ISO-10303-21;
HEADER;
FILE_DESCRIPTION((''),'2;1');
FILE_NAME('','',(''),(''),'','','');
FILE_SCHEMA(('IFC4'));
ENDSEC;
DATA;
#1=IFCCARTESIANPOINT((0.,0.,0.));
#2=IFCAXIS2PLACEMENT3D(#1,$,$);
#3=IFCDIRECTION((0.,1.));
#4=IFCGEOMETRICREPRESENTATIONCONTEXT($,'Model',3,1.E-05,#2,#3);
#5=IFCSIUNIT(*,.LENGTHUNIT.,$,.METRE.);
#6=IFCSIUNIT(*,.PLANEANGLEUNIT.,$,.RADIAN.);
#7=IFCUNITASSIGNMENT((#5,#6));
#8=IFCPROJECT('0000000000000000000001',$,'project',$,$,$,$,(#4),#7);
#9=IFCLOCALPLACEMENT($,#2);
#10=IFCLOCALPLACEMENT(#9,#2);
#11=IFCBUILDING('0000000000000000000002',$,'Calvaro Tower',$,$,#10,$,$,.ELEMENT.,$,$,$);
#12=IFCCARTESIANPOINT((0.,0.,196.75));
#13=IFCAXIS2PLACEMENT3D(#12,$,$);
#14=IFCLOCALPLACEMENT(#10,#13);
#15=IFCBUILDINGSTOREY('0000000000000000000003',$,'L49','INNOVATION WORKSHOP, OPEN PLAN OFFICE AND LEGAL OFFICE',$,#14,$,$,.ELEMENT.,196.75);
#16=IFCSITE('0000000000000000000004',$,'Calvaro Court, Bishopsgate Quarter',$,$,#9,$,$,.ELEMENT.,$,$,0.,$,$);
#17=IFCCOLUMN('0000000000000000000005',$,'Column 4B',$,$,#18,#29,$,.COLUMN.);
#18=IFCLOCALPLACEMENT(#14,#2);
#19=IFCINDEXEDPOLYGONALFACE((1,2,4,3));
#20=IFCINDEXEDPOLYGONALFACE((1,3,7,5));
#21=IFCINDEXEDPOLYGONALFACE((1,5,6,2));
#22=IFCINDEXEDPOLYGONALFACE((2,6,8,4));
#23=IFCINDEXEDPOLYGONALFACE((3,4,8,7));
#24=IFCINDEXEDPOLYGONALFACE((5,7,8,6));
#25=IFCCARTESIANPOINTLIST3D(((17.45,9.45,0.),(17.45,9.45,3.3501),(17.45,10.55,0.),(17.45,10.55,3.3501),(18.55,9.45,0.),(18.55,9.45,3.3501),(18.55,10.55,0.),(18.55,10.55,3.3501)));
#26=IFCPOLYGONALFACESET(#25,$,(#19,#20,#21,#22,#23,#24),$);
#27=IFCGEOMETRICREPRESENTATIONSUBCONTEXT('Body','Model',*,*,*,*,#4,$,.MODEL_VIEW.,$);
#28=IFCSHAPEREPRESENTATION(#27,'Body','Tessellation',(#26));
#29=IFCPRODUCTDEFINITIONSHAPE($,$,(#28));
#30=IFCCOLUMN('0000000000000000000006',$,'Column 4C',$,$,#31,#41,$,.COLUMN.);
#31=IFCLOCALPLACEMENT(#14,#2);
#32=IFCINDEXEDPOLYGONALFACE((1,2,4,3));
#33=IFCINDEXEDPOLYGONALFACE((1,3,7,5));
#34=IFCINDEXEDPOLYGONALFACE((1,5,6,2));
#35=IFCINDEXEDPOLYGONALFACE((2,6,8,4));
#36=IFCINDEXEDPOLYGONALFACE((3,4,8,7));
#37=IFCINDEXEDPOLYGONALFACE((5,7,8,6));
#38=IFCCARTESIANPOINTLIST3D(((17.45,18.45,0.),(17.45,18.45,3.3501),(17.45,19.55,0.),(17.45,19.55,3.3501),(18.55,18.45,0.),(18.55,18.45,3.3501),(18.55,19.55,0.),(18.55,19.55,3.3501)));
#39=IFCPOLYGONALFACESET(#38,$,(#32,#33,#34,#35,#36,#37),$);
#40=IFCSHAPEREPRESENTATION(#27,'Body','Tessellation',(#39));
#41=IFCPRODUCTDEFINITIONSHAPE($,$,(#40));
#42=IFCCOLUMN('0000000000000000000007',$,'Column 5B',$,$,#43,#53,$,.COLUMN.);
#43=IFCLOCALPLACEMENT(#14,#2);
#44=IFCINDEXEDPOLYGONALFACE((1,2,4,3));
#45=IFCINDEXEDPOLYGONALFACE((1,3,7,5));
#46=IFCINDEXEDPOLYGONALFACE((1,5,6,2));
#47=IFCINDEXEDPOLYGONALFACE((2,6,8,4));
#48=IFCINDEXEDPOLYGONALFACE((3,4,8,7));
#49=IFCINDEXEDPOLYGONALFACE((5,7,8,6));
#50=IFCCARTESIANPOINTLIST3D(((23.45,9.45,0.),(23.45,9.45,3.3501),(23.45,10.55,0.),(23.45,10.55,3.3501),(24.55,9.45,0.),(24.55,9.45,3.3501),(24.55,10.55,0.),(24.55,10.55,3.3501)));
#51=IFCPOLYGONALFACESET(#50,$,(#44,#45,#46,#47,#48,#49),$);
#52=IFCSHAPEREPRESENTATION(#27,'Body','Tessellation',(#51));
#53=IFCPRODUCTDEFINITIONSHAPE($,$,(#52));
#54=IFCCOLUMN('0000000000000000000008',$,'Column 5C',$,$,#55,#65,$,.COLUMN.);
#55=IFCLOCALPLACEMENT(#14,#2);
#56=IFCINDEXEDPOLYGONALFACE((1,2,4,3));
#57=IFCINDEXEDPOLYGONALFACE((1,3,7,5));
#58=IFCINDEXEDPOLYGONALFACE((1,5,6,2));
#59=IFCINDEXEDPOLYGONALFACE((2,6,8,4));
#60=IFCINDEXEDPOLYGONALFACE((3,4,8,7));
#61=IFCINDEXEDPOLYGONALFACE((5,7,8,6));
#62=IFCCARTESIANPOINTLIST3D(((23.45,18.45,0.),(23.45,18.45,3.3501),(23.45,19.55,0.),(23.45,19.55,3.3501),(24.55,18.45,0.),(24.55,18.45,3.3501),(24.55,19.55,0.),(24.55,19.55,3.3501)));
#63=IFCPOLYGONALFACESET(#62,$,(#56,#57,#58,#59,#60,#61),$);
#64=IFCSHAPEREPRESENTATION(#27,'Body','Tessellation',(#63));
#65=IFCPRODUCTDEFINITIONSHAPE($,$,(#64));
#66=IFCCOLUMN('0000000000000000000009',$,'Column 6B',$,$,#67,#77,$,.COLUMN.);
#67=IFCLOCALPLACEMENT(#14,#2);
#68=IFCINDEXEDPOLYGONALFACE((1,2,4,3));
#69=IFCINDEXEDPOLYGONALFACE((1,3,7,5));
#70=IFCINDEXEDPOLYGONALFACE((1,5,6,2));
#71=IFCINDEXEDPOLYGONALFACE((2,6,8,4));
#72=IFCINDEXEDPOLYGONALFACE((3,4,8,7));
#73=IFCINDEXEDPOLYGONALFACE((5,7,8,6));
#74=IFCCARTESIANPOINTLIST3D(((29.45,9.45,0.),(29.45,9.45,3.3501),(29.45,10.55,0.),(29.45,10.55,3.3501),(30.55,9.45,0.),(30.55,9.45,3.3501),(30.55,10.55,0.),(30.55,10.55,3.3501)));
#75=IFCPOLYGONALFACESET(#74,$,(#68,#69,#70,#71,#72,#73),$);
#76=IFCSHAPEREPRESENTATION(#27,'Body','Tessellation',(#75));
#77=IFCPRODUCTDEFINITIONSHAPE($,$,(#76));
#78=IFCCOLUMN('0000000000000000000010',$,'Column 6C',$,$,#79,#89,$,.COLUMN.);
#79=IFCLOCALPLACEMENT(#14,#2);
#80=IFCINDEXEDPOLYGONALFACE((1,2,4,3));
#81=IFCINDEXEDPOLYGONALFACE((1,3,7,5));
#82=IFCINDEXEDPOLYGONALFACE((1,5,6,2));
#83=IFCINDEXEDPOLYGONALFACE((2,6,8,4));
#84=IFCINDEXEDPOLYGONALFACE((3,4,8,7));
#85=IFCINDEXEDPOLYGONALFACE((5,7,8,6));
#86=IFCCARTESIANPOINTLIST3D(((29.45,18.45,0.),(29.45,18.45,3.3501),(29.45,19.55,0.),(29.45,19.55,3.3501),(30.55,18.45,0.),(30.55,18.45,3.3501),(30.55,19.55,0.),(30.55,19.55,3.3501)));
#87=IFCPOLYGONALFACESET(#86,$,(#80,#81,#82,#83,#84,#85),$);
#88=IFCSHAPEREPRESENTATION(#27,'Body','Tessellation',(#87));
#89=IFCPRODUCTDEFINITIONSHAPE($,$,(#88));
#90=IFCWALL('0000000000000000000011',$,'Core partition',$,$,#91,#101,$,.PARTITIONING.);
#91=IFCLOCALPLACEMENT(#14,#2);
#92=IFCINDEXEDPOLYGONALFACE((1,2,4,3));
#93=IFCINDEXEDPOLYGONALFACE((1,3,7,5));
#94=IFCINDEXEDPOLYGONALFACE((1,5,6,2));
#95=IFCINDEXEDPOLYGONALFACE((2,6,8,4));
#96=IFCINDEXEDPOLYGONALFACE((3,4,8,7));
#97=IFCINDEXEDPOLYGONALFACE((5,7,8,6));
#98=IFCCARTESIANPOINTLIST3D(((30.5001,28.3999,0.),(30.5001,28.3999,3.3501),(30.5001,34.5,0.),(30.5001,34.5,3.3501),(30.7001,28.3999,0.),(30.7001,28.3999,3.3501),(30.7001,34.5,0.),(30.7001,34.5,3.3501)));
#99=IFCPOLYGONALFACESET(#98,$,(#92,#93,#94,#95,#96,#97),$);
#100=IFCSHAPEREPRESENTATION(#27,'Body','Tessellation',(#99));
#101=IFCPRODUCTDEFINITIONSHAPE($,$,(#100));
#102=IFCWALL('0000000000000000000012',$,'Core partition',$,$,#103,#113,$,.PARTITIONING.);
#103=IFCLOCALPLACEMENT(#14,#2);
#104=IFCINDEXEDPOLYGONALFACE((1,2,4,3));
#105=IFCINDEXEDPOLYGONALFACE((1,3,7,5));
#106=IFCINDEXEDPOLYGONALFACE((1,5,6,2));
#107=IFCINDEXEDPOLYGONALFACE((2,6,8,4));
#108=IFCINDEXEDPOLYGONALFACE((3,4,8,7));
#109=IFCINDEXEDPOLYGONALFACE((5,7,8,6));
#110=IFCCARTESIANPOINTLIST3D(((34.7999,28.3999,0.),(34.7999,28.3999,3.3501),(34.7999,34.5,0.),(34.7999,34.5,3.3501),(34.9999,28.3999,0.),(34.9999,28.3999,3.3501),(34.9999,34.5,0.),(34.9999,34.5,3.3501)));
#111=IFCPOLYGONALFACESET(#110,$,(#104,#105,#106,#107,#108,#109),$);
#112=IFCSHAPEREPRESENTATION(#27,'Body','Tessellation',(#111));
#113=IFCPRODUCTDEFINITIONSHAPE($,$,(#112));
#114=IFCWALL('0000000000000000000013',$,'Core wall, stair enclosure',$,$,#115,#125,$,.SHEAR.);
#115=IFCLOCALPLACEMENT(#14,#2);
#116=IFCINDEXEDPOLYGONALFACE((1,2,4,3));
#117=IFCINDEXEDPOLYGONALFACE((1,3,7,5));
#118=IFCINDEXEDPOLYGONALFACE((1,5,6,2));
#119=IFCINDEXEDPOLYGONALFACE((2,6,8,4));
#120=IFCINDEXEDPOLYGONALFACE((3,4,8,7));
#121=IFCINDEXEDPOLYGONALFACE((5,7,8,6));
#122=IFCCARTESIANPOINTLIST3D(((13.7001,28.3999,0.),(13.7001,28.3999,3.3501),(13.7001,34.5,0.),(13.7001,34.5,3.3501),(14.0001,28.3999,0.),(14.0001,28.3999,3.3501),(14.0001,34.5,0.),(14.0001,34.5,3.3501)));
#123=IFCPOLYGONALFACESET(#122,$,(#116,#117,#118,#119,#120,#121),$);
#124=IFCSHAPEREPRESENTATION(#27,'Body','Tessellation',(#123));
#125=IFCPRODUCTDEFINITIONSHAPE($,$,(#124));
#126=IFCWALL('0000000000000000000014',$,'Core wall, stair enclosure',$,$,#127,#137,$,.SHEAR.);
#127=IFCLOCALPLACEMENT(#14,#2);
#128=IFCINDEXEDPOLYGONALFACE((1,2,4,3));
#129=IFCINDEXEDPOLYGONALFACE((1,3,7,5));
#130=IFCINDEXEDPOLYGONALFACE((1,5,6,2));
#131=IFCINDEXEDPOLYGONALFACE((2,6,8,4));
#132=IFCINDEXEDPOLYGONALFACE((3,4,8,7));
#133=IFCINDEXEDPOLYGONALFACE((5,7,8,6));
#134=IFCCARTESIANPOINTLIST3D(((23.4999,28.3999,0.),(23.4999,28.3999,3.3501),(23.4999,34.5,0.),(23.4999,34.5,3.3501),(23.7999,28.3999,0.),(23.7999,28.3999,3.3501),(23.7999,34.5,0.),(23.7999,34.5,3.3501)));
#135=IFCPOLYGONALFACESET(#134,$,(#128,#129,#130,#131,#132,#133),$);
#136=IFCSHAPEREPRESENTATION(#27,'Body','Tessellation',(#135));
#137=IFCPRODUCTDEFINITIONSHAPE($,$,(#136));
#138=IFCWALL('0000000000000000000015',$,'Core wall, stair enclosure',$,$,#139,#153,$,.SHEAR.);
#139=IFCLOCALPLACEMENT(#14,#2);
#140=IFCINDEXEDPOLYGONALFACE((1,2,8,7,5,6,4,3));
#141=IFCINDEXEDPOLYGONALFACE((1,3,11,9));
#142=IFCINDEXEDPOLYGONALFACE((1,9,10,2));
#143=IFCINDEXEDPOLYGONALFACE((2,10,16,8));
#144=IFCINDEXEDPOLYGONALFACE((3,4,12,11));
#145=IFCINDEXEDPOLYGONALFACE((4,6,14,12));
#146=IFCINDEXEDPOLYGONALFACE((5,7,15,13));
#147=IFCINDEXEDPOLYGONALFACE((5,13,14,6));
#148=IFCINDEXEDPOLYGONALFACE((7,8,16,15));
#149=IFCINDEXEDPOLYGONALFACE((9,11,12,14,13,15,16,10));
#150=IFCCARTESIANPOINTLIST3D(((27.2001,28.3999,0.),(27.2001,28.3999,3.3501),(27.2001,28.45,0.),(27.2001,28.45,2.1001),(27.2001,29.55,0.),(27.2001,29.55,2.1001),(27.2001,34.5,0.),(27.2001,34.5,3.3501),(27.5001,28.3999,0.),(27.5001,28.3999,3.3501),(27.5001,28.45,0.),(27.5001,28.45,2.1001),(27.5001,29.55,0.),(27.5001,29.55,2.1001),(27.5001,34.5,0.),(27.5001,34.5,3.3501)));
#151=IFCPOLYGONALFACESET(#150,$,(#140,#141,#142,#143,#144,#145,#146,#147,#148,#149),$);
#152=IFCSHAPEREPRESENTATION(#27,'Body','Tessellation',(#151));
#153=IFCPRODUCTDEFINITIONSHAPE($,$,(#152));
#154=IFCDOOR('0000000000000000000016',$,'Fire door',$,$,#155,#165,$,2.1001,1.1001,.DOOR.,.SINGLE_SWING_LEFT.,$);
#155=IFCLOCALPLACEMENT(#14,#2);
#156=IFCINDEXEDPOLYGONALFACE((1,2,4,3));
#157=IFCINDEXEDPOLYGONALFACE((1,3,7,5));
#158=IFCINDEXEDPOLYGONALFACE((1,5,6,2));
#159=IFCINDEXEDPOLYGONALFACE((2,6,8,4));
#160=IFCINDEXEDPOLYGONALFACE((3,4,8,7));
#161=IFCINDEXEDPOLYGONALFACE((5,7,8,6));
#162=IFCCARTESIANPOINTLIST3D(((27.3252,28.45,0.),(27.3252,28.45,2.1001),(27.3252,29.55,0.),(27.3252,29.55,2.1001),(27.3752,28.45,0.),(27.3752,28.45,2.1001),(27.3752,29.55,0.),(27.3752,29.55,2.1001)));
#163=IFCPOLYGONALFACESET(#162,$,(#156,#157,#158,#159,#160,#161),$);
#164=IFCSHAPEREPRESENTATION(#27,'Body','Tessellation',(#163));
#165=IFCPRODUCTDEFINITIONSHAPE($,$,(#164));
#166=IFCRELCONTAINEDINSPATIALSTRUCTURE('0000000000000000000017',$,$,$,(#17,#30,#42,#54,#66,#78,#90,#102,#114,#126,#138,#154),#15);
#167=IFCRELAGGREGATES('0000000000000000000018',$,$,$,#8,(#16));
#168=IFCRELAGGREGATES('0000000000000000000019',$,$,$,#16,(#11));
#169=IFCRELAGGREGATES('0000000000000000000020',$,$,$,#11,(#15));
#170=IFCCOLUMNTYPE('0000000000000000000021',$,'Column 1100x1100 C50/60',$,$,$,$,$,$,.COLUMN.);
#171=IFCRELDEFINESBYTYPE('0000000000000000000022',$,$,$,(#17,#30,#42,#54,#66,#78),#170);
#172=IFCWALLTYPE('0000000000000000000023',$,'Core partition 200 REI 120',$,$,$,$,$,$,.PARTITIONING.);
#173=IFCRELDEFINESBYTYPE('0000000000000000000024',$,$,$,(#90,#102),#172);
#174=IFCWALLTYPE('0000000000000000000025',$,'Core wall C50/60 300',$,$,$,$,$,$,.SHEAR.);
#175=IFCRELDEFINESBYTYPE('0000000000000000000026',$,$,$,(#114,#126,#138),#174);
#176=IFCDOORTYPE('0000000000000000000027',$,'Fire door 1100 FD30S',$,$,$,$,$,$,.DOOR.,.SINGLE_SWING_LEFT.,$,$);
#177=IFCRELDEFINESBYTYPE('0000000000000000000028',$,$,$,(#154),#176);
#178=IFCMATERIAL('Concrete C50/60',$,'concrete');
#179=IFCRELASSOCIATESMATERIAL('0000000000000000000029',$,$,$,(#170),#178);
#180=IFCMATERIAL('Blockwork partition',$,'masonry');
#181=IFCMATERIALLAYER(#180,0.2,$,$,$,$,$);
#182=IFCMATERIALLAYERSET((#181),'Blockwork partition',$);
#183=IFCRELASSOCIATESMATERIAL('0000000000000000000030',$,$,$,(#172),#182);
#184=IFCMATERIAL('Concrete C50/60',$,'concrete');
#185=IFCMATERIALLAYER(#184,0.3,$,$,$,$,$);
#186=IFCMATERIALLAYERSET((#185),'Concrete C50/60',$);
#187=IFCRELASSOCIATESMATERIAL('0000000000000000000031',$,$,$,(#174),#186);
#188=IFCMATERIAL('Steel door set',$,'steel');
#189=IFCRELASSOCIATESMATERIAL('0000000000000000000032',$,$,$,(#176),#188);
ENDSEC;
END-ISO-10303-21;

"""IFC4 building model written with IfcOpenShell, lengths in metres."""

from ifc_helpers import new_model, si_unit, direction, frame, frame_2d, origin, origin_2d, place, context, subcontext, project, spatial, rectangle, extrude, material, layer, layer_set, material_profile, profile_set, type_object, element, fill, save


model = new_model("IFC4")

# Units and contexts
model_context = context("Model", 3, precision=1e-05, world=origin(), true_north=direction((0.0, 1.0)))
body_context = subcontext(model_context, "Body", "Model", "MODEL_VIEW")
ifc_project = project(units=[si_unit("LENGTHUNIT", "METRE"), si_unit("PLANEANGLEUNIT", "RADIAN")], contexts=[model_context])

# Site, building, storey
site_placement = place(None, origin())
site = spatial("IfcSite", under=ifc_project, at=site_placement, Name="Calvaro Court, Bishopsgate Quarter", CompositionType="ELEMENT", RefElevation=0.0)
building_placement = place(site_placement, origin())
building = spatial("IfcBuilding", under=site, at=building_placement, Name="Calvaro Tower", CompositionType="ELEMENT")
storey_placement = place(building_placement, frame((0.0, 0.0, 196.75)))
storey = spatial("IfcBuildingStorey", under=building, at=storey_placement, Name="L49", Description="INNOVATION WORKSHOP, OPEN PLAN OFFICE AND LEGAL OFFICE", CompositionType="ELEMENT", Elevation=196.75)

# Columns
ifc_material_1 = material(Name="Concrete C50/60", Category="concrete")
ifc_material_profile = material_profile(ifc_material_1, rectangle(XDim=1.1001, YDim=1.1001, at=origin_2d()), Name="RC 1100x1100")
ifc_profile_set = profile_set([ifc_material_profile], Name="Concrete C50/60")
column_type = type_object("IfcColumnType", Name="Column 1100x1100 C50/60", PredefinedType="COLUMN", material=ifc_profile_set)
for number, where, z_axis, x_axis, name in (
    (1, (18.0, 10.0, 0.0), (0.0, 0.0, 1.0), (1.0, 0.0, 0.0), "Column 4B"),
    (2, (18.0, 19.0, 0.0), (0.0, 0.0, 1.0), (1.0, 0.0, 0.0), "Column 4C"),
    (3, (24.0, 10.0, 0.0), (0.0, 0.0, 1.0), (1.0, 0.0, 0.0), "Column 5B"),
    (4, (24.0, 19.0, 0.0), (0.0, 0.0, 1.0), (1.0, 0.0, 0.0), "Column 5C"),
    (5, (30.0, 10.0, 0.0), (0.0, 0.0, 1.0), (1.0, 0.0, 0.0), "Column 6B"),
    (6, (30.0, 19.0, 0.0), (0.0, 0.0, 1.0), (1.0, 0.0, 0.0), "Column 6C"),
):
    element("IfcColumn", number, at=place(storey_placement, frame(where, z_axis=z_axis, x_axis=x_axis)), inside=storey, type_object=column_type, Name=name, PredefinedType="COLUMN", context=body_context, shape_type="SweptSolid", body=[
        extrude(rectangle(XDim=1.1001, YDim=1.1001, at=origin_2d()), origin(), (0.0, 0.0, 1.0), 3.3501),
    ])

# Walls
ifc_material_2 = material(Name="Blockwork partition", Category="masonry")
ifc_layer_1 = layer(ifc_material_2, 0.2)
ifc_layer_set_1 = layer_set([ifc_layer_1], Name="Blockwork partition")
wall_type_1 = type_object("IfcWallType", Name="Core partition 200 REI 120", PredefinedType="PARTITIONING", material=ifc_layer_set_1)
for number, where, z_axis, x_axis, name in (
    (7, (30.6001, 28.3999, 0.0), (0.0, 0.0, 1.0), (0.0, 1.0, 0.0), "Core partition"),
    (8, (34.8999, 28.3999, 0.0), (0.0, 0.0, 1.0), (0.0, 1.0, 0.0), "Core partition"),
):
    element("IfcWall", number, at=place(storey_placement, frame(where, z_axis=z_axis, x_axis=x_axis)), inside=storey, type_object=wall_type_1, Name=name, PredefinedType="PARTITIONING", context=body_context, shape_type="SweptSolid", body=[
        extrude(rectangle(XDim=6.1001, YDim=0.2, at=frame_2d((3.05, 0.0))), origin(), (0.0, 0.0, 1.0), 3.3501),
    ])
ifc_material_3 = material(Name="Concrete C50/60", Category="concrete")
ifc_layer_2 = layer(ifc_material_3, 0.3)
ifc_layer_set_2 = layer_set([ifc_layer_2], Name="Concrete C50/60")
wall_type_2 = type_object("IfcWallType", Name="Core wall C50/60 300", PredefinedType="SHEAR", material=ifc_layer_set_2)
for number, where, z_axis, x_axis, name in (
    (9, (13.8501, 28.3999, 0.0), (0.0, 0.0, 1.0), (0.0, 1.0, 0.0), "Core wall, stair enclosure"),
    (10, (23.6499, 28.3999, 0.0), (0.0, 0.0, 1.0), (0.0, 1.0, 0.0), "Core wall, stair enclosure"),
):
    element("IfcWall", number, at=place(storey_placement, frame(where, z_axis=z_axis, x_axis=x_axis)), inside=storey, type_object=wall_type_2, Name=name, PredefinedType="SHEAR", context=body_context, shape_type="SweptSolid", body=[
        extrude(rectangle(XDim=6.1001, YDim=0.3, at=frame_2d((3.05, 0.0))), origin(), (0.0, 0.0, 1.0), 3.3501),
    ])

# Wall, opening, door
wall_1_placement = place(storey_placement, frame((27.3501, 28.3999, 0.0), z_axis=(0.0, 0.0, 1.0), x_axis=(0.0, 1.0, 0.0)))
wall_1 = element("IfcWall", 11, at=wall_1_placement, inside=storey, type_object=wall_type_2, Name="Core wall, stair enclosure", PredefinedType="SHEAR", context=body_context, shape_type="SweptSolid", body=[
    extrude(rectangle(XDim=6.1001, YDim=0.3, at=frame_2d((3.05, 0.0))), origin(), (0.0, 0.0, 1.0), 3.3501),
])
opening_1_placement = place(wall_1_placement, frame((0.05, 0.0, 0.0)))
opening_1 = element("IfcOpeningElement", 12, at=opening_1_placement, cuts=wall_1, PredefinedType="OPENING", context=body_context, shape_type="SweptSolid", body=[
    extrude(rectangle(XDim=1.1001, YDim=2.1001, at=frame_2d((0.55, 1.05))), frame((0.0, 0.1599, 0.0), z_axis=(0.0, -1.0, 0.0), x_axis=(1.0, 0.0, 0.0)), (0.0, 0.0, 1.0), 0.3201),
])
ifc_material_4 = material(Name="Steel door set", Category="steel")
door_type_1 = type_object("IfcDoorType", Name="Fire door 1100 FD30S", OperationType="SINGLE_SWING_LEFT", PredefinedType="DOOR", material=ifc_material_4)
door_1_placement = place(opening_1_placement, origin())
door_1 = element("IfcDoor", 13, at=door_1_placement, inside=storey, type_object=door_type_1, Name="Fire door", OperationType="SINGLE_SWING_LEFT", OverallHeight=2.1001, OverallWidth=1.1001, PredefinedType="DOOR", context=body_context, shape_type="SweptSolid", body=[
    extrude(rectangle(XDim=1.1001, YDim=2.1001, at=frame_2d((0.55, 1.05))), frame((0.0, 0.0249, 0.0), z_axis=(0.0, -1.0, 0.0), x_axis=(1.0, 0.0, 0.0)), (0.0, 0.0, 1.0), 0.05),
])
fill(opening_1, door_1)

save(model, "model.ifc")
